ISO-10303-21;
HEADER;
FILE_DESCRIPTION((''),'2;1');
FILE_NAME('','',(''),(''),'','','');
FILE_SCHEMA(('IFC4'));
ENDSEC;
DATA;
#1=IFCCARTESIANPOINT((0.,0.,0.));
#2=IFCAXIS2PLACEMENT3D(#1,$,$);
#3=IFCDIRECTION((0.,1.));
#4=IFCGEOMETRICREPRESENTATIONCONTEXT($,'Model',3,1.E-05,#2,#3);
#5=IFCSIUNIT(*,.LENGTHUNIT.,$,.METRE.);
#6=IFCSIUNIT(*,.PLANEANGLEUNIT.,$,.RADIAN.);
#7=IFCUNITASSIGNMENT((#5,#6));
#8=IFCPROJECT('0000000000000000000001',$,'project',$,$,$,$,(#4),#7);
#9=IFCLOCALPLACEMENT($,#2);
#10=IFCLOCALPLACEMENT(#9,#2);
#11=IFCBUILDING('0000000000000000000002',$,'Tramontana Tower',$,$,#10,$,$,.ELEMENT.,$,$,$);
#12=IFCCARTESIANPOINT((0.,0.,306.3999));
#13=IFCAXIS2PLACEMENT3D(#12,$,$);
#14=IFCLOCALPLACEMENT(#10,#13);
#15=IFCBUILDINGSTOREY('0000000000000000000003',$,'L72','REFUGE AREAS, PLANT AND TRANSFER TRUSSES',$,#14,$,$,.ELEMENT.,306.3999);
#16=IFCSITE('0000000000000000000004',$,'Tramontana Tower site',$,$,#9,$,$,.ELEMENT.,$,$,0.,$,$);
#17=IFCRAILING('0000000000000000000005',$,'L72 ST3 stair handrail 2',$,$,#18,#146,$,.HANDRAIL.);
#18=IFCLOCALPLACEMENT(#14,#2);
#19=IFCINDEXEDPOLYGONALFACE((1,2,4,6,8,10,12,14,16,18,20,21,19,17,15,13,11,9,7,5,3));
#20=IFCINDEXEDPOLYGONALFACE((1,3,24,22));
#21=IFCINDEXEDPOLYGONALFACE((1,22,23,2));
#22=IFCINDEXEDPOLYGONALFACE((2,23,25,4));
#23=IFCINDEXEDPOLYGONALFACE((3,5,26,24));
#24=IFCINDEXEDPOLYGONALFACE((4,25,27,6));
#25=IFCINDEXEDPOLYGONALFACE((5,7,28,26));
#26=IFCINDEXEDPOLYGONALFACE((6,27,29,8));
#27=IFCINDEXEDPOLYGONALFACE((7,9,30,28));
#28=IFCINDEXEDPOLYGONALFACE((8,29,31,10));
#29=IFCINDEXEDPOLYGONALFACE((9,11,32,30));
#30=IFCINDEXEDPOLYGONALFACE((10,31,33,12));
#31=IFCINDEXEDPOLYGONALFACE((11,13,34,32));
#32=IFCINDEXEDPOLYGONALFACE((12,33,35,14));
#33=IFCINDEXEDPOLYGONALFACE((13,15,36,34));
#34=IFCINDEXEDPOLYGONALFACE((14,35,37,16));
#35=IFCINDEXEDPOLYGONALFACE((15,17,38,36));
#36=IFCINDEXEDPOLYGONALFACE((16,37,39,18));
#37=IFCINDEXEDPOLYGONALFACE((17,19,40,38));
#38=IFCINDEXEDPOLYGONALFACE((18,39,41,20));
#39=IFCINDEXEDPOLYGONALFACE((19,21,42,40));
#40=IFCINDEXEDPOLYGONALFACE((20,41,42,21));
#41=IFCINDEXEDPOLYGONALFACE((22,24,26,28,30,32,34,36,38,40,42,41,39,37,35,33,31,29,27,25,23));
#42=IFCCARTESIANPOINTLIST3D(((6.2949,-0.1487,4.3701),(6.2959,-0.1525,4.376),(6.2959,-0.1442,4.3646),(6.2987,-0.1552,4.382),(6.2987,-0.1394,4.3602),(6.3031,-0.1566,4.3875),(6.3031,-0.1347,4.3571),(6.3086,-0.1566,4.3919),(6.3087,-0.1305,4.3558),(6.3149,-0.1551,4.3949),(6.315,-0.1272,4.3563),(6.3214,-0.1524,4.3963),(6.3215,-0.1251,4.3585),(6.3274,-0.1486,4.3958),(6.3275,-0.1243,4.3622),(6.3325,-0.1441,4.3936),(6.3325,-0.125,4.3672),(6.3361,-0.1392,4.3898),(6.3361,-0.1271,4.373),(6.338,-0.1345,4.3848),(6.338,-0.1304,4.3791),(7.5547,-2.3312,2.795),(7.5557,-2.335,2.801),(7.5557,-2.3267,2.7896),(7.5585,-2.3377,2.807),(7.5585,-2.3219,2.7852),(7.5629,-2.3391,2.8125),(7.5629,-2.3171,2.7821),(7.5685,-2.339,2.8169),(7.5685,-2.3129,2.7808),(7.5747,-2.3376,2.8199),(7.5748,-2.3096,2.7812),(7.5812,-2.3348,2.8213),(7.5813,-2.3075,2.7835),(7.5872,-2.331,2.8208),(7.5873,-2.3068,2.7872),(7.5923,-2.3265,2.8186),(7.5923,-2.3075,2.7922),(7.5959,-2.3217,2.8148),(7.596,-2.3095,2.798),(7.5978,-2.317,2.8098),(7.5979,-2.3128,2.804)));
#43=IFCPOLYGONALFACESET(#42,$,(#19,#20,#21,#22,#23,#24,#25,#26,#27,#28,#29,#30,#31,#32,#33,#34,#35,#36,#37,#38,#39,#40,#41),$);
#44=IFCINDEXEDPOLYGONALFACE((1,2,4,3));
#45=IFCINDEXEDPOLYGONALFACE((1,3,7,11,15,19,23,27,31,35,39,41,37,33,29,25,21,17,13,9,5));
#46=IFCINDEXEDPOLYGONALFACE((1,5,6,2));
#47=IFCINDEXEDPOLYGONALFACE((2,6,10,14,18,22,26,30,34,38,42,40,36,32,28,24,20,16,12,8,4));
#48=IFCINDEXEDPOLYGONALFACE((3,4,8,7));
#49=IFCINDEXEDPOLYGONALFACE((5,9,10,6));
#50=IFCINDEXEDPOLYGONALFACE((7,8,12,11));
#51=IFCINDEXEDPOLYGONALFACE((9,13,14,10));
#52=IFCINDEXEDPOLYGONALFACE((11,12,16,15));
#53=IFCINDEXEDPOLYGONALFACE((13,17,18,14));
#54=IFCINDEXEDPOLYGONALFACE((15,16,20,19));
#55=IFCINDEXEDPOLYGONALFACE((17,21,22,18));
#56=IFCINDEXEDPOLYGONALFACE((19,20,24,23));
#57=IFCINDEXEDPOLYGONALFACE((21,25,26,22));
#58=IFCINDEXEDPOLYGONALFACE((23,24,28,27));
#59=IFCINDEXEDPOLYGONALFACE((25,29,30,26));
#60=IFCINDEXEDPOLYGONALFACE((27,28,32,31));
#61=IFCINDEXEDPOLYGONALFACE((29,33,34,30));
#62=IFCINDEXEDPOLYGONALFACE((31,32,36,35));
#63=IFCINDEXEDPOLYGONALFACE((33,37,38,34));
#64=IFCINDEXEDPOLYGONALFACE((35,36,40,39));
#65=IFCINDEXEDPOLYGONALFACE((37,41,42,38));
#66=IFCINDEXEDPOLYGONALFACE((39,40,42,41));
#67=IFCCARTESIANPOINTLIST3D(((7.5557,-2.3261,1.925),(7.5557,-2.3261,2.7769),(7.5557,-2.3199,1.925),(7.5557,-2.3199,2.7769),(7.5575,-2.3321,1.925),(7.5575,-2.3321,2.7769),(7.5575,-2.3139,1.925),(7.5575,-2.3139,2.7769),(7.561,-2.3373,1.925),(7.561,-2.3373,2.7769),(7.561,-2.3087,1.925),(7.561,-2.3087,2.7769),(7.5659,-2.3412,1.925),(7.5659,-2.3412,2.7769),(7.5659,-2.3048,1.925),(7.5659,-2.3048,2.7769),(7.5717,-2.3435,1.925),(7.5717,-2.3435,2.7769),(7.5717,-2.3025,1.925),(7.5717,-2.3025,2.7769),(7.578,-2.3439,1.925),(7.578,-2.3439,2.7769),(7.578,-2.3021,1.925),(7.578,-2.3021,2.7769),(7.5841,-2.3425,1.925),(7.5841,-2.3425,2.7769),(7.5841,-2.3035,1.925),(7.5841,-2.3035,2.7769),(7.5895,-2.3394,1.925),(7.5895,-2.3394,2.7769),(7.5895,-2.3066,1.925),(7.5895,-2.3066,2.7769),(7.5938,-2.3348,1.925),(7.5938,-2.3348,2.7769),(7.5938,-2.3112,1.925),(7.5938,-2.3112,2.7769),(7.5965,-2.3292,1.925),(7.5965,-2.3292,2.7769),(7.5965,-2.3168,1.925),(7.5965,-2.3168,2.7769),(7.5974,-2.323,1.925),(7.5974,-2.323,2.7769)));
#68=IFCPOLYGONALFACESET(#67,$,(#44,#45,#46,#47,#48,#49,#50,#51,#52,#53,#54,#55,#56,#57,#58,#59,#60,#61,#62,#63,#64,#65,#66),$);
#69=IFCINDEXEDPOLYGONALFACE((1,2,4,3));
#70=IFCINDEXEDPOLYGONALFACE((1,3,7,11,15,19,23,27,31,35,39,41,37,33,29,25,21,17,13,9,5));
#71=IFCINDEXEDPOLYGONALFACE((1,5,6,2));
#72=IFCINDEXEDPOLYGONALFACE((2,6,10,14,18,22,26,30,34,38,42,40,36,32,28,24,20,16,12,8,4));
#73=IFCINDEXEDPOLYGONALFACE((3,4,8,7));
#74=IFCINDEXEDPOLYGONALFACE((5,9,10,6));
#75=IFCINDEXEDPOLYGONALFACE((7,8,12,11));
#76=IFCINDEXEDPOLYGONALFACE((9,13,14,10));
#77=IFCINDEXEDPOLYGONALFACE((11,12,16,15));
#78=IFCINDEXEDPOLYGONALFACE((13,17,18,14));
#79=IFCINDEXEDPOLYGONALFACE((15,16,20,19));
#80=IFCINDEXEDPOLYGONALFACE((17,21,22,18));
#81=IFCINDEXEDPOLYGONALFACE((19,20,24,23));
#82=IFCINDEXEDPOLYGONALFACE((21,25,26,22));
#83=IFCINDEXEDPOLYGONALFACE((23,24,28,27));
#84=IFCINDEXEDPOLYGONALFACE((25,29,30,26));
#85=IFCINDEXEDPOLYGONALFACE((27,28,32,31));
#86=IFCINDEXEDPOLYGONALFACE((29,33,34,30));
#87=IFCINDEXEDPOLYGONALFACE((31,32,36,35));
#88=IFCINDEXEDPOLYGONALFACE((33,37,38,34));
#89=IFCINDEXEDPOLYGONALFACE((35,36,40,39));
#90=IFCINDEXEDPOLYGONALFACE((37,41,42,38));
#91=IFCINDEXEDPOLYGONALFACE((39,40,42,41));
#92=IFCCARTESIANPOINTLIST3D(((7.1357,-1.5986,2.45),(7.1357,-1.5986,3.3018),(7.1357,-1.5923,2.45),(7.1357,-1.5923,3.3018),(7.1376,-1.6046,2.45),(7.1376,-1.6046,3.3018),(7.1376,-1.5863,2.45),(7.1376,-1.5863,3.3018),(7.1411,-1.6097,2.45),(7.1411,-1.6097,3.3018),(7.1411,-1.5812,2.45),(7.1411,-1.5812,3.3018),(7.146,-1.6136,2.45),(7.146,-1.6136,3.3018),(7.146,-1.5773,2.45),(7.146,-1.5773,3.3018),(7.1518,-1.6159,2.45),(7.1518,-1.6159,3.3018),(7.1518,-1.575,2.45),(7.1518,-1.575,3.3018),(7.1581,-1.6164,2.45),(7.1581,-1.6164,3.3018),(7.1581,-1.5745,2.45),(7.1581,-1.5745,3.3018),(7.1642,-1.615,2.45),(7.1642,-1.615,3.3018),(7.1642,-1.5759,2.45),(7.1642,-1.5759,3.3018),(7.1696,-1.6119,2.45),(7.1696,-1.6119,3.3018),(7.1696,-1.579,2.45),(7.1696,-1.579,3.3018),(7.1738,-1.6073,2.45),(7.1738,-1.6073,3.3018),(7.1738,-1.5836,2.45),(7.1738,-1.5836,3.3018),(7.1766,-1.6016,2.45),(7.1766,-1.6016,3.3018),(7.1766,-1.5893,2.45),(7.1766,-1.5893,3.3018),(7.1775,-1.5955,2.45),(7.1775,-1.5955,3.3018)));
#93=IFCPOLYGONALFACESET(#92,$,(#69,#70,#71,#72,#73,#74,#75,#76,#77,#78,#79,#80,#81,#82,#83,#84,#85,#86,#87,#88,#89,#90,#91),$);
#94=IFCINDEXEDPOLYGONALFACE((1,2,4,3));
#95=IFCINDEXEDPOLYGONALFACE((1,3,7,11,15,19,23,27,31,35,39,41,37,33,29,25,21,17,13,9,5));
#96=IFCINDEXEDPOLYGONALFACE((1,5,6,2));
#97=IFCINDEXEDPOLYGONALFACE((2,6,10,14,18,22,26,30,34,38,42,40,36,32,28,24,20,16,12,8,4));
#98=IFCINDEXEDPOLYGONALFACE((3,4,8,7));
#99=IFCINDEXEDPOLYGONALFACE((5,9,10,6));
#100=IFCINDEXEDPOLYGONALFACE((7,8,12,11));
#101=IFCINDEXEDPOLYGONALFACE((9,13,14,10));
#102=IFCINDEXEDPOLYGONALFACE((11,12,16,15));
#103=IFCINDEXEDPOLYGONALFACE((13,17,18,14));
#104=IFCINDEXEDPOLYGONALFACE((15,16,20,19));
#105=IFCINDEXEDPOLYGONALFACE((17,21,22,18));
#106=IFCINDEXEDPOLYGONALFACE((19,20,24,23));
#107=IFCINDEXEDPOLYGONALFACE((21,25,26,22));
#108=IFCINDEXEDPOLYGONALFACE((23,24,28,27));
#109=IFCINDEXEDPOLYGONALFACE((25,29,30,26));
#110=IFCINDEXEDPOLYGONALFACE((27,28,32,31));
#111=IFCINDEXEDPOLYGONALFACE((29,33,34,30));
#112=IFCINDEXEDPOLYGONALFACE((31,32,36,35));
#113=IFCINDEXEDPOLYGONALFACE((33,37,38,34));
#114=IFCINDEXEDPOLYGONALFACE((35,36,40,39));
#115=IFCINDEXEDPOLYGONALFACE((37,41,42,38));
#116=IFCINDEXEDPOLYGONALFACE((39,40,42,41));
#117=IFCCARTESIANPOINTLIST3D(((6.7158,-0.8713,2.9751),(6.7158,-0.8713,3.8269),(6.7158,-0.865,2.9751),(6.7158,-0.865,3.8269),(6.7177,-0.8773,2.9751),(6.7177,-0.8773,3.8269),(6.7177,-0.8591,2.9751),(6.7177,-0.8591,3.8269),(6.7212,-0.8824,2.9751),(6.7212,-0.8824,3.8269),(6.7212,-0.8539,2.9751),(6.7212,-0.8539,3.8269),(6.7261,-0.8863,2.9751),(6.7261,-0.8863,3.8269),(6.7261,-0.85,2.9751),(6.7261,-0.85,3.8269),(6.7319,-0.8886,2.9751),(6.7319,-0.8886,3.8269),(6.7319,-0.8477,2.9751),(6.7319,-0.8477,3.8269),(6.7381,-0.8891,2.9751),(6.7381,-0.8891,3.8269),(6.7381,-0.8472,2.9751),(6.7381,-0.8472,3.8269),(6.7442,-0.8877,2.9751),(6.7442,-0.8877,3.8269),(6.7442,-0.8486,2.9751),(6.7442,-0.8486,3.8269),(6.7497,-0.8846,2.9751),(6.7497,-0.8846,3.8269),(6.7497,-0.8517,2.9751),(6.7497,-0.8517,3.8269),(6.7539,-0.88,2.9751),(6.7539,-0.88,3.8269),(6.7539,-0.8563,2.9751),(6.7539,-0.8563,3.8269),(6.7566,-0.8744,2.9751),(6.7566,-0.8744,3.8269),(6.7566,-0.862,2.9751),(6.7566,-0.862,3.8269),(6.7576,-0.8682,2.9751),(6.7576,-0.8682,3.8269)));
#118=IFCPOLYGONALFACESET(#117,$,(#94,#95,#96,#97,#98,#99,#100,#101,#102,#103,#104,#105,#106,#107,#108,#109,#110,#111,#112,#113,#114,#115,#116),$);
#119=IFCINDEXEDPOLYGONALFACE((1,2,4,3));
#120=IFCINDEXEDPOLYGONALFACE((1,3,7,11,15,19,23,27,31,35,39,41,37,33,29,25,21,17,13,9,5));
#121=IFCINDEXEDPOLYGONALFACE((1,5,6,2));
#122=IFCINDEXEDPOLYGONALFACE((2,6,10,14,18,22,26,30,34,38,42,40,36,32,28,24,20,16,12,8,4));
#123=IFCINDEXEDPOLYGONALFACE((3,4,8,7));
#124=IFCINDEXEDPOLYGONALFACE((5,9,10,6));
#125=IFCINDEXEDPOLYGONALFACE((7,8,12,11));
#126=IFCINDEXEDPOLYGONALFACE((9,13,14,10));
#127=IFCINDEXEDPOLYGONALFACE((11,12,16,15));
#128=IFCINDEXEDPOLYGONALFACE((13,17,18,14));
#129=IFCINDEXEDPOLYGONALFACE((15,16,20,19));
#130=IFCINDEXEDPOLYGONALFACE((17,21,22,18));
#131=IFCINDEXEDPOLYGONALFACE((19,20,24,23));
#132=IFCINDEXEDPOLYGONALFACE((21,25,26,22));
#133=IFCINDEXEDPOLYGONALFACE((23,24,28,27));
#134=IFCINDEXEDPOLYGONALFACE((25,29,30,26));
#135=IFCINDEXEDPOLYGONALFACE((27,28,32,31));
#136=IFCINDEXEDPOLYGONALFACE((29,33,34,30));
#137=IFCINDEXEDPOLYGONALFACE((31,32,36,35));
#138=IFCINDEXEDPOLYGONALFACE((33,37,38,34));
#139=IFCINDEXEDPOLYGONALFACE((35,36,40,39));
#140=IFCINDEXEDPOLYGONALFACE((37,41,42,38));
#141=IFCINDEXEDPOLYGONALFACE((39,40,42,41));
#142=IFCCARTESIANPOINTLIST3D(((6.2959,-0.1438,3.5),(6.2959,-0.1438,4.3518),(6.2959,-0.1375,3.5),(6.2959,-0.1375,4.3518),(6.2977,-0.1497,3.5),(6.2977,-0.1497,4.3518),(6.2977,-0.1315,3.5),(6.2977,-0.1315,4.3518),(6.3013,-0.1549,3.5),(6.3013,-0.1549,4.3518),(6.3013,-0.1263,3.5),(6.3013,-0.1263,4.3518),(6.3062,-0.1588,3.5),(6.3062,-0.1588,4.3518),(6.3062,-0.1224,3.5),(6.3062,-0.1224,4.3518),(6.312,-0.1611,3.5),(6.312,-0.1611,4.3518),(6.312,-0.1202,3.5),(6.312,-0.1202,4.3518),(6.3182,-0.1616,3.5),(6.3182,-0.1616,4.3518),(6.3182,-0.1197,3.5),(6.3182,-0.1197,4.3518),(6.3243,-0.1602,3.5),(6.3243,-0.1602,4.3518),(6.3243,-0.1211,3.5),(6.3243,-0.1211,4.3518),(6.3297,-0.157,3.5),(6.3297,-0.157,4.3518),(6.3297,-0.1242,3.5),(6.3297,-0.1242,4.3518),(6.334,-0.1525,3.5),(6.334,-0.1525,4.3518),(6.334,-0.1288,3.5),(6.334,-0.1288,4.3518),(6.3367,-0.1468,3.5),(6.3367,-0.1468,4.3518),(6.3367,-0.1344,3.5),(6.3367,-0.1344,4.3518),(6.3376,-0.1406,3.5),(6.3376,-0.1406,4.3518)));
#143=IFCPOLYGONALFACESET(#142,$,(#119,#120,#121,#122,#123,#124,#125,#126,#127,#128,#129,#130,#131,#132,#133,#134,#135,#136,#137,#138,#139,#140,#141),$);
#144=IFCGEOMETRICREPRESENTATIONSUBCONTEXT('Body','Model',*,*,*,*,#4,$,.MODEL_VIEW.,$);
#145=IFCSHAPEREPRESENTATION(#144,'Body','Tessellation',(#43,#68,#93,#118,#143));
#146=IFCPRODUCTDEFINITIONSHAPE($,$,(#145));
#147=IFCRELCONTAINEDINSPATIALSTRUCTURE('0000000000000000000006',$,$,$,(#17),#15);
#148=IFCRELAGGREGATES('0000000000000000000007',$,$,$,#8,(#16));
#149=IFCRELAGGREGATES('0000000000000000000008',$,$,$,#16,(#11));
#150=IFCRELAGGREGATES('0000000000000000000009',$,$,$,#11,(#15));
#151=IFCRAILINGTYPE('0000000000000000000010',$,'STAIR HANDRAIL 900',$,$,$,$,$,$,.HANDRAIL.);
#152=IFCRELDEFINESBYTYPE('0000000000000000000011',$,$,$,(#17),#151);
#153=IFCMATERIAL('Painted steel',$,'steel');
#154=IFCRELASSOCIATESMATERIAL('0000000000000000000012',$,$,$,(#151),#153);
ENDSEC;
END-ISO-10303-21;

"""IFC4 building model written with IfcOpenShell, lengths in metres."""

from ifc_helpers import new_model, si_unit, direction, frame, origin, origin_2d, place, context, subcontext, project, spatial, circle, extrude, material, type_object, element, save


model = new_model("IFC4")

# Units and contexts
model_context = context("Model", 3, precision=1e-05, world=origin(), true_north=direction((0.0, 1.0)))
body_context = subcontext(model_context, "Body", "Model", "MODEL_VIEW")
ifc_project = project(units=[si_unit("LENGTHUNIT", "METRE"), si_unit("PLANEANGLEUNIT", "RADIAN")], contexts=[model_context])

# Site, building, storey
site_placement = place(None, origin())
site = spatial("IfcSite", under=ifc_project, at=site_placement, Name="Tramontana Tower site", CompositionType="ELEMENT", RefElevation=0.0)
building_placement = place(site_placement, origin())
building = spatial("IfcBuilding", under=site, at=building_placement, Name="Tramontana Tower", CompositionType="ELEMENT")
storey_placement = place(building_placement, frame((0.0, 0.0, 306.3999)))
storey = spatial("IfcBuildingStorey", under=building, at=storey_placement, Name="L72", Description="REFUGE AREAS, PLANT AND TRANSFER TRUSSES", CompositionType="ELEMENT", Elevation=306.3999)

# Railing
ifc_material_1 = material(Name="Painted steel", Category="steel")
railing_type_1 = type_object("IfcRailingType", Name="STAIR HANDRAIL 900", PredefinedType="HANDRAIL", material=ifc_material_1)
for number, where, name in (
    (1, (7.5764, -2.323, 1.925), "L72 ST3 stair handrail 2"),
):
    element("IfcRailing", number, at=place(storey_placement, frame(where)), inside=storey, type_object=railing_type_1, Name=name, PredefinedType="HANDRAIL", context=body_context, shape_type="SweptSolid", body=[
        extrude(circle(Radius=0.0239, at=origin_2d()), frame((0.0, 0.0, 0.876), z_axis=(-0.423939, 0.734417, 0.530006), x_axis=(-0.866065, -0.499932, 0.0)), (0.0, 0.0, 1.0), 2.9717),
        extrude(circle(Radius=0.021, at=origin_2d()), origin(), (0.0, 0.0, 1.0), 0.8518),
        extrude(circle(Radius=0.021, at=origin_2d()), frame((-0.4199, 0.7275, 0.5249)), (0.0, 0.0, 1.0), 0.8518),
        extrude(circle(Radius=0.021, at=origin_2d()), frame((-0.8398, 1.4548, 1.05)), (0.0, 0.0, 1.0), 0.8518),
        extrude(circle(Radius=0.021, at=origin_2d()), frame((-1.2598, 2.1824, 1.575)), (0.0, 0.0, 1.0), 0.8518),
    ])

save(model, "model.ifc")
